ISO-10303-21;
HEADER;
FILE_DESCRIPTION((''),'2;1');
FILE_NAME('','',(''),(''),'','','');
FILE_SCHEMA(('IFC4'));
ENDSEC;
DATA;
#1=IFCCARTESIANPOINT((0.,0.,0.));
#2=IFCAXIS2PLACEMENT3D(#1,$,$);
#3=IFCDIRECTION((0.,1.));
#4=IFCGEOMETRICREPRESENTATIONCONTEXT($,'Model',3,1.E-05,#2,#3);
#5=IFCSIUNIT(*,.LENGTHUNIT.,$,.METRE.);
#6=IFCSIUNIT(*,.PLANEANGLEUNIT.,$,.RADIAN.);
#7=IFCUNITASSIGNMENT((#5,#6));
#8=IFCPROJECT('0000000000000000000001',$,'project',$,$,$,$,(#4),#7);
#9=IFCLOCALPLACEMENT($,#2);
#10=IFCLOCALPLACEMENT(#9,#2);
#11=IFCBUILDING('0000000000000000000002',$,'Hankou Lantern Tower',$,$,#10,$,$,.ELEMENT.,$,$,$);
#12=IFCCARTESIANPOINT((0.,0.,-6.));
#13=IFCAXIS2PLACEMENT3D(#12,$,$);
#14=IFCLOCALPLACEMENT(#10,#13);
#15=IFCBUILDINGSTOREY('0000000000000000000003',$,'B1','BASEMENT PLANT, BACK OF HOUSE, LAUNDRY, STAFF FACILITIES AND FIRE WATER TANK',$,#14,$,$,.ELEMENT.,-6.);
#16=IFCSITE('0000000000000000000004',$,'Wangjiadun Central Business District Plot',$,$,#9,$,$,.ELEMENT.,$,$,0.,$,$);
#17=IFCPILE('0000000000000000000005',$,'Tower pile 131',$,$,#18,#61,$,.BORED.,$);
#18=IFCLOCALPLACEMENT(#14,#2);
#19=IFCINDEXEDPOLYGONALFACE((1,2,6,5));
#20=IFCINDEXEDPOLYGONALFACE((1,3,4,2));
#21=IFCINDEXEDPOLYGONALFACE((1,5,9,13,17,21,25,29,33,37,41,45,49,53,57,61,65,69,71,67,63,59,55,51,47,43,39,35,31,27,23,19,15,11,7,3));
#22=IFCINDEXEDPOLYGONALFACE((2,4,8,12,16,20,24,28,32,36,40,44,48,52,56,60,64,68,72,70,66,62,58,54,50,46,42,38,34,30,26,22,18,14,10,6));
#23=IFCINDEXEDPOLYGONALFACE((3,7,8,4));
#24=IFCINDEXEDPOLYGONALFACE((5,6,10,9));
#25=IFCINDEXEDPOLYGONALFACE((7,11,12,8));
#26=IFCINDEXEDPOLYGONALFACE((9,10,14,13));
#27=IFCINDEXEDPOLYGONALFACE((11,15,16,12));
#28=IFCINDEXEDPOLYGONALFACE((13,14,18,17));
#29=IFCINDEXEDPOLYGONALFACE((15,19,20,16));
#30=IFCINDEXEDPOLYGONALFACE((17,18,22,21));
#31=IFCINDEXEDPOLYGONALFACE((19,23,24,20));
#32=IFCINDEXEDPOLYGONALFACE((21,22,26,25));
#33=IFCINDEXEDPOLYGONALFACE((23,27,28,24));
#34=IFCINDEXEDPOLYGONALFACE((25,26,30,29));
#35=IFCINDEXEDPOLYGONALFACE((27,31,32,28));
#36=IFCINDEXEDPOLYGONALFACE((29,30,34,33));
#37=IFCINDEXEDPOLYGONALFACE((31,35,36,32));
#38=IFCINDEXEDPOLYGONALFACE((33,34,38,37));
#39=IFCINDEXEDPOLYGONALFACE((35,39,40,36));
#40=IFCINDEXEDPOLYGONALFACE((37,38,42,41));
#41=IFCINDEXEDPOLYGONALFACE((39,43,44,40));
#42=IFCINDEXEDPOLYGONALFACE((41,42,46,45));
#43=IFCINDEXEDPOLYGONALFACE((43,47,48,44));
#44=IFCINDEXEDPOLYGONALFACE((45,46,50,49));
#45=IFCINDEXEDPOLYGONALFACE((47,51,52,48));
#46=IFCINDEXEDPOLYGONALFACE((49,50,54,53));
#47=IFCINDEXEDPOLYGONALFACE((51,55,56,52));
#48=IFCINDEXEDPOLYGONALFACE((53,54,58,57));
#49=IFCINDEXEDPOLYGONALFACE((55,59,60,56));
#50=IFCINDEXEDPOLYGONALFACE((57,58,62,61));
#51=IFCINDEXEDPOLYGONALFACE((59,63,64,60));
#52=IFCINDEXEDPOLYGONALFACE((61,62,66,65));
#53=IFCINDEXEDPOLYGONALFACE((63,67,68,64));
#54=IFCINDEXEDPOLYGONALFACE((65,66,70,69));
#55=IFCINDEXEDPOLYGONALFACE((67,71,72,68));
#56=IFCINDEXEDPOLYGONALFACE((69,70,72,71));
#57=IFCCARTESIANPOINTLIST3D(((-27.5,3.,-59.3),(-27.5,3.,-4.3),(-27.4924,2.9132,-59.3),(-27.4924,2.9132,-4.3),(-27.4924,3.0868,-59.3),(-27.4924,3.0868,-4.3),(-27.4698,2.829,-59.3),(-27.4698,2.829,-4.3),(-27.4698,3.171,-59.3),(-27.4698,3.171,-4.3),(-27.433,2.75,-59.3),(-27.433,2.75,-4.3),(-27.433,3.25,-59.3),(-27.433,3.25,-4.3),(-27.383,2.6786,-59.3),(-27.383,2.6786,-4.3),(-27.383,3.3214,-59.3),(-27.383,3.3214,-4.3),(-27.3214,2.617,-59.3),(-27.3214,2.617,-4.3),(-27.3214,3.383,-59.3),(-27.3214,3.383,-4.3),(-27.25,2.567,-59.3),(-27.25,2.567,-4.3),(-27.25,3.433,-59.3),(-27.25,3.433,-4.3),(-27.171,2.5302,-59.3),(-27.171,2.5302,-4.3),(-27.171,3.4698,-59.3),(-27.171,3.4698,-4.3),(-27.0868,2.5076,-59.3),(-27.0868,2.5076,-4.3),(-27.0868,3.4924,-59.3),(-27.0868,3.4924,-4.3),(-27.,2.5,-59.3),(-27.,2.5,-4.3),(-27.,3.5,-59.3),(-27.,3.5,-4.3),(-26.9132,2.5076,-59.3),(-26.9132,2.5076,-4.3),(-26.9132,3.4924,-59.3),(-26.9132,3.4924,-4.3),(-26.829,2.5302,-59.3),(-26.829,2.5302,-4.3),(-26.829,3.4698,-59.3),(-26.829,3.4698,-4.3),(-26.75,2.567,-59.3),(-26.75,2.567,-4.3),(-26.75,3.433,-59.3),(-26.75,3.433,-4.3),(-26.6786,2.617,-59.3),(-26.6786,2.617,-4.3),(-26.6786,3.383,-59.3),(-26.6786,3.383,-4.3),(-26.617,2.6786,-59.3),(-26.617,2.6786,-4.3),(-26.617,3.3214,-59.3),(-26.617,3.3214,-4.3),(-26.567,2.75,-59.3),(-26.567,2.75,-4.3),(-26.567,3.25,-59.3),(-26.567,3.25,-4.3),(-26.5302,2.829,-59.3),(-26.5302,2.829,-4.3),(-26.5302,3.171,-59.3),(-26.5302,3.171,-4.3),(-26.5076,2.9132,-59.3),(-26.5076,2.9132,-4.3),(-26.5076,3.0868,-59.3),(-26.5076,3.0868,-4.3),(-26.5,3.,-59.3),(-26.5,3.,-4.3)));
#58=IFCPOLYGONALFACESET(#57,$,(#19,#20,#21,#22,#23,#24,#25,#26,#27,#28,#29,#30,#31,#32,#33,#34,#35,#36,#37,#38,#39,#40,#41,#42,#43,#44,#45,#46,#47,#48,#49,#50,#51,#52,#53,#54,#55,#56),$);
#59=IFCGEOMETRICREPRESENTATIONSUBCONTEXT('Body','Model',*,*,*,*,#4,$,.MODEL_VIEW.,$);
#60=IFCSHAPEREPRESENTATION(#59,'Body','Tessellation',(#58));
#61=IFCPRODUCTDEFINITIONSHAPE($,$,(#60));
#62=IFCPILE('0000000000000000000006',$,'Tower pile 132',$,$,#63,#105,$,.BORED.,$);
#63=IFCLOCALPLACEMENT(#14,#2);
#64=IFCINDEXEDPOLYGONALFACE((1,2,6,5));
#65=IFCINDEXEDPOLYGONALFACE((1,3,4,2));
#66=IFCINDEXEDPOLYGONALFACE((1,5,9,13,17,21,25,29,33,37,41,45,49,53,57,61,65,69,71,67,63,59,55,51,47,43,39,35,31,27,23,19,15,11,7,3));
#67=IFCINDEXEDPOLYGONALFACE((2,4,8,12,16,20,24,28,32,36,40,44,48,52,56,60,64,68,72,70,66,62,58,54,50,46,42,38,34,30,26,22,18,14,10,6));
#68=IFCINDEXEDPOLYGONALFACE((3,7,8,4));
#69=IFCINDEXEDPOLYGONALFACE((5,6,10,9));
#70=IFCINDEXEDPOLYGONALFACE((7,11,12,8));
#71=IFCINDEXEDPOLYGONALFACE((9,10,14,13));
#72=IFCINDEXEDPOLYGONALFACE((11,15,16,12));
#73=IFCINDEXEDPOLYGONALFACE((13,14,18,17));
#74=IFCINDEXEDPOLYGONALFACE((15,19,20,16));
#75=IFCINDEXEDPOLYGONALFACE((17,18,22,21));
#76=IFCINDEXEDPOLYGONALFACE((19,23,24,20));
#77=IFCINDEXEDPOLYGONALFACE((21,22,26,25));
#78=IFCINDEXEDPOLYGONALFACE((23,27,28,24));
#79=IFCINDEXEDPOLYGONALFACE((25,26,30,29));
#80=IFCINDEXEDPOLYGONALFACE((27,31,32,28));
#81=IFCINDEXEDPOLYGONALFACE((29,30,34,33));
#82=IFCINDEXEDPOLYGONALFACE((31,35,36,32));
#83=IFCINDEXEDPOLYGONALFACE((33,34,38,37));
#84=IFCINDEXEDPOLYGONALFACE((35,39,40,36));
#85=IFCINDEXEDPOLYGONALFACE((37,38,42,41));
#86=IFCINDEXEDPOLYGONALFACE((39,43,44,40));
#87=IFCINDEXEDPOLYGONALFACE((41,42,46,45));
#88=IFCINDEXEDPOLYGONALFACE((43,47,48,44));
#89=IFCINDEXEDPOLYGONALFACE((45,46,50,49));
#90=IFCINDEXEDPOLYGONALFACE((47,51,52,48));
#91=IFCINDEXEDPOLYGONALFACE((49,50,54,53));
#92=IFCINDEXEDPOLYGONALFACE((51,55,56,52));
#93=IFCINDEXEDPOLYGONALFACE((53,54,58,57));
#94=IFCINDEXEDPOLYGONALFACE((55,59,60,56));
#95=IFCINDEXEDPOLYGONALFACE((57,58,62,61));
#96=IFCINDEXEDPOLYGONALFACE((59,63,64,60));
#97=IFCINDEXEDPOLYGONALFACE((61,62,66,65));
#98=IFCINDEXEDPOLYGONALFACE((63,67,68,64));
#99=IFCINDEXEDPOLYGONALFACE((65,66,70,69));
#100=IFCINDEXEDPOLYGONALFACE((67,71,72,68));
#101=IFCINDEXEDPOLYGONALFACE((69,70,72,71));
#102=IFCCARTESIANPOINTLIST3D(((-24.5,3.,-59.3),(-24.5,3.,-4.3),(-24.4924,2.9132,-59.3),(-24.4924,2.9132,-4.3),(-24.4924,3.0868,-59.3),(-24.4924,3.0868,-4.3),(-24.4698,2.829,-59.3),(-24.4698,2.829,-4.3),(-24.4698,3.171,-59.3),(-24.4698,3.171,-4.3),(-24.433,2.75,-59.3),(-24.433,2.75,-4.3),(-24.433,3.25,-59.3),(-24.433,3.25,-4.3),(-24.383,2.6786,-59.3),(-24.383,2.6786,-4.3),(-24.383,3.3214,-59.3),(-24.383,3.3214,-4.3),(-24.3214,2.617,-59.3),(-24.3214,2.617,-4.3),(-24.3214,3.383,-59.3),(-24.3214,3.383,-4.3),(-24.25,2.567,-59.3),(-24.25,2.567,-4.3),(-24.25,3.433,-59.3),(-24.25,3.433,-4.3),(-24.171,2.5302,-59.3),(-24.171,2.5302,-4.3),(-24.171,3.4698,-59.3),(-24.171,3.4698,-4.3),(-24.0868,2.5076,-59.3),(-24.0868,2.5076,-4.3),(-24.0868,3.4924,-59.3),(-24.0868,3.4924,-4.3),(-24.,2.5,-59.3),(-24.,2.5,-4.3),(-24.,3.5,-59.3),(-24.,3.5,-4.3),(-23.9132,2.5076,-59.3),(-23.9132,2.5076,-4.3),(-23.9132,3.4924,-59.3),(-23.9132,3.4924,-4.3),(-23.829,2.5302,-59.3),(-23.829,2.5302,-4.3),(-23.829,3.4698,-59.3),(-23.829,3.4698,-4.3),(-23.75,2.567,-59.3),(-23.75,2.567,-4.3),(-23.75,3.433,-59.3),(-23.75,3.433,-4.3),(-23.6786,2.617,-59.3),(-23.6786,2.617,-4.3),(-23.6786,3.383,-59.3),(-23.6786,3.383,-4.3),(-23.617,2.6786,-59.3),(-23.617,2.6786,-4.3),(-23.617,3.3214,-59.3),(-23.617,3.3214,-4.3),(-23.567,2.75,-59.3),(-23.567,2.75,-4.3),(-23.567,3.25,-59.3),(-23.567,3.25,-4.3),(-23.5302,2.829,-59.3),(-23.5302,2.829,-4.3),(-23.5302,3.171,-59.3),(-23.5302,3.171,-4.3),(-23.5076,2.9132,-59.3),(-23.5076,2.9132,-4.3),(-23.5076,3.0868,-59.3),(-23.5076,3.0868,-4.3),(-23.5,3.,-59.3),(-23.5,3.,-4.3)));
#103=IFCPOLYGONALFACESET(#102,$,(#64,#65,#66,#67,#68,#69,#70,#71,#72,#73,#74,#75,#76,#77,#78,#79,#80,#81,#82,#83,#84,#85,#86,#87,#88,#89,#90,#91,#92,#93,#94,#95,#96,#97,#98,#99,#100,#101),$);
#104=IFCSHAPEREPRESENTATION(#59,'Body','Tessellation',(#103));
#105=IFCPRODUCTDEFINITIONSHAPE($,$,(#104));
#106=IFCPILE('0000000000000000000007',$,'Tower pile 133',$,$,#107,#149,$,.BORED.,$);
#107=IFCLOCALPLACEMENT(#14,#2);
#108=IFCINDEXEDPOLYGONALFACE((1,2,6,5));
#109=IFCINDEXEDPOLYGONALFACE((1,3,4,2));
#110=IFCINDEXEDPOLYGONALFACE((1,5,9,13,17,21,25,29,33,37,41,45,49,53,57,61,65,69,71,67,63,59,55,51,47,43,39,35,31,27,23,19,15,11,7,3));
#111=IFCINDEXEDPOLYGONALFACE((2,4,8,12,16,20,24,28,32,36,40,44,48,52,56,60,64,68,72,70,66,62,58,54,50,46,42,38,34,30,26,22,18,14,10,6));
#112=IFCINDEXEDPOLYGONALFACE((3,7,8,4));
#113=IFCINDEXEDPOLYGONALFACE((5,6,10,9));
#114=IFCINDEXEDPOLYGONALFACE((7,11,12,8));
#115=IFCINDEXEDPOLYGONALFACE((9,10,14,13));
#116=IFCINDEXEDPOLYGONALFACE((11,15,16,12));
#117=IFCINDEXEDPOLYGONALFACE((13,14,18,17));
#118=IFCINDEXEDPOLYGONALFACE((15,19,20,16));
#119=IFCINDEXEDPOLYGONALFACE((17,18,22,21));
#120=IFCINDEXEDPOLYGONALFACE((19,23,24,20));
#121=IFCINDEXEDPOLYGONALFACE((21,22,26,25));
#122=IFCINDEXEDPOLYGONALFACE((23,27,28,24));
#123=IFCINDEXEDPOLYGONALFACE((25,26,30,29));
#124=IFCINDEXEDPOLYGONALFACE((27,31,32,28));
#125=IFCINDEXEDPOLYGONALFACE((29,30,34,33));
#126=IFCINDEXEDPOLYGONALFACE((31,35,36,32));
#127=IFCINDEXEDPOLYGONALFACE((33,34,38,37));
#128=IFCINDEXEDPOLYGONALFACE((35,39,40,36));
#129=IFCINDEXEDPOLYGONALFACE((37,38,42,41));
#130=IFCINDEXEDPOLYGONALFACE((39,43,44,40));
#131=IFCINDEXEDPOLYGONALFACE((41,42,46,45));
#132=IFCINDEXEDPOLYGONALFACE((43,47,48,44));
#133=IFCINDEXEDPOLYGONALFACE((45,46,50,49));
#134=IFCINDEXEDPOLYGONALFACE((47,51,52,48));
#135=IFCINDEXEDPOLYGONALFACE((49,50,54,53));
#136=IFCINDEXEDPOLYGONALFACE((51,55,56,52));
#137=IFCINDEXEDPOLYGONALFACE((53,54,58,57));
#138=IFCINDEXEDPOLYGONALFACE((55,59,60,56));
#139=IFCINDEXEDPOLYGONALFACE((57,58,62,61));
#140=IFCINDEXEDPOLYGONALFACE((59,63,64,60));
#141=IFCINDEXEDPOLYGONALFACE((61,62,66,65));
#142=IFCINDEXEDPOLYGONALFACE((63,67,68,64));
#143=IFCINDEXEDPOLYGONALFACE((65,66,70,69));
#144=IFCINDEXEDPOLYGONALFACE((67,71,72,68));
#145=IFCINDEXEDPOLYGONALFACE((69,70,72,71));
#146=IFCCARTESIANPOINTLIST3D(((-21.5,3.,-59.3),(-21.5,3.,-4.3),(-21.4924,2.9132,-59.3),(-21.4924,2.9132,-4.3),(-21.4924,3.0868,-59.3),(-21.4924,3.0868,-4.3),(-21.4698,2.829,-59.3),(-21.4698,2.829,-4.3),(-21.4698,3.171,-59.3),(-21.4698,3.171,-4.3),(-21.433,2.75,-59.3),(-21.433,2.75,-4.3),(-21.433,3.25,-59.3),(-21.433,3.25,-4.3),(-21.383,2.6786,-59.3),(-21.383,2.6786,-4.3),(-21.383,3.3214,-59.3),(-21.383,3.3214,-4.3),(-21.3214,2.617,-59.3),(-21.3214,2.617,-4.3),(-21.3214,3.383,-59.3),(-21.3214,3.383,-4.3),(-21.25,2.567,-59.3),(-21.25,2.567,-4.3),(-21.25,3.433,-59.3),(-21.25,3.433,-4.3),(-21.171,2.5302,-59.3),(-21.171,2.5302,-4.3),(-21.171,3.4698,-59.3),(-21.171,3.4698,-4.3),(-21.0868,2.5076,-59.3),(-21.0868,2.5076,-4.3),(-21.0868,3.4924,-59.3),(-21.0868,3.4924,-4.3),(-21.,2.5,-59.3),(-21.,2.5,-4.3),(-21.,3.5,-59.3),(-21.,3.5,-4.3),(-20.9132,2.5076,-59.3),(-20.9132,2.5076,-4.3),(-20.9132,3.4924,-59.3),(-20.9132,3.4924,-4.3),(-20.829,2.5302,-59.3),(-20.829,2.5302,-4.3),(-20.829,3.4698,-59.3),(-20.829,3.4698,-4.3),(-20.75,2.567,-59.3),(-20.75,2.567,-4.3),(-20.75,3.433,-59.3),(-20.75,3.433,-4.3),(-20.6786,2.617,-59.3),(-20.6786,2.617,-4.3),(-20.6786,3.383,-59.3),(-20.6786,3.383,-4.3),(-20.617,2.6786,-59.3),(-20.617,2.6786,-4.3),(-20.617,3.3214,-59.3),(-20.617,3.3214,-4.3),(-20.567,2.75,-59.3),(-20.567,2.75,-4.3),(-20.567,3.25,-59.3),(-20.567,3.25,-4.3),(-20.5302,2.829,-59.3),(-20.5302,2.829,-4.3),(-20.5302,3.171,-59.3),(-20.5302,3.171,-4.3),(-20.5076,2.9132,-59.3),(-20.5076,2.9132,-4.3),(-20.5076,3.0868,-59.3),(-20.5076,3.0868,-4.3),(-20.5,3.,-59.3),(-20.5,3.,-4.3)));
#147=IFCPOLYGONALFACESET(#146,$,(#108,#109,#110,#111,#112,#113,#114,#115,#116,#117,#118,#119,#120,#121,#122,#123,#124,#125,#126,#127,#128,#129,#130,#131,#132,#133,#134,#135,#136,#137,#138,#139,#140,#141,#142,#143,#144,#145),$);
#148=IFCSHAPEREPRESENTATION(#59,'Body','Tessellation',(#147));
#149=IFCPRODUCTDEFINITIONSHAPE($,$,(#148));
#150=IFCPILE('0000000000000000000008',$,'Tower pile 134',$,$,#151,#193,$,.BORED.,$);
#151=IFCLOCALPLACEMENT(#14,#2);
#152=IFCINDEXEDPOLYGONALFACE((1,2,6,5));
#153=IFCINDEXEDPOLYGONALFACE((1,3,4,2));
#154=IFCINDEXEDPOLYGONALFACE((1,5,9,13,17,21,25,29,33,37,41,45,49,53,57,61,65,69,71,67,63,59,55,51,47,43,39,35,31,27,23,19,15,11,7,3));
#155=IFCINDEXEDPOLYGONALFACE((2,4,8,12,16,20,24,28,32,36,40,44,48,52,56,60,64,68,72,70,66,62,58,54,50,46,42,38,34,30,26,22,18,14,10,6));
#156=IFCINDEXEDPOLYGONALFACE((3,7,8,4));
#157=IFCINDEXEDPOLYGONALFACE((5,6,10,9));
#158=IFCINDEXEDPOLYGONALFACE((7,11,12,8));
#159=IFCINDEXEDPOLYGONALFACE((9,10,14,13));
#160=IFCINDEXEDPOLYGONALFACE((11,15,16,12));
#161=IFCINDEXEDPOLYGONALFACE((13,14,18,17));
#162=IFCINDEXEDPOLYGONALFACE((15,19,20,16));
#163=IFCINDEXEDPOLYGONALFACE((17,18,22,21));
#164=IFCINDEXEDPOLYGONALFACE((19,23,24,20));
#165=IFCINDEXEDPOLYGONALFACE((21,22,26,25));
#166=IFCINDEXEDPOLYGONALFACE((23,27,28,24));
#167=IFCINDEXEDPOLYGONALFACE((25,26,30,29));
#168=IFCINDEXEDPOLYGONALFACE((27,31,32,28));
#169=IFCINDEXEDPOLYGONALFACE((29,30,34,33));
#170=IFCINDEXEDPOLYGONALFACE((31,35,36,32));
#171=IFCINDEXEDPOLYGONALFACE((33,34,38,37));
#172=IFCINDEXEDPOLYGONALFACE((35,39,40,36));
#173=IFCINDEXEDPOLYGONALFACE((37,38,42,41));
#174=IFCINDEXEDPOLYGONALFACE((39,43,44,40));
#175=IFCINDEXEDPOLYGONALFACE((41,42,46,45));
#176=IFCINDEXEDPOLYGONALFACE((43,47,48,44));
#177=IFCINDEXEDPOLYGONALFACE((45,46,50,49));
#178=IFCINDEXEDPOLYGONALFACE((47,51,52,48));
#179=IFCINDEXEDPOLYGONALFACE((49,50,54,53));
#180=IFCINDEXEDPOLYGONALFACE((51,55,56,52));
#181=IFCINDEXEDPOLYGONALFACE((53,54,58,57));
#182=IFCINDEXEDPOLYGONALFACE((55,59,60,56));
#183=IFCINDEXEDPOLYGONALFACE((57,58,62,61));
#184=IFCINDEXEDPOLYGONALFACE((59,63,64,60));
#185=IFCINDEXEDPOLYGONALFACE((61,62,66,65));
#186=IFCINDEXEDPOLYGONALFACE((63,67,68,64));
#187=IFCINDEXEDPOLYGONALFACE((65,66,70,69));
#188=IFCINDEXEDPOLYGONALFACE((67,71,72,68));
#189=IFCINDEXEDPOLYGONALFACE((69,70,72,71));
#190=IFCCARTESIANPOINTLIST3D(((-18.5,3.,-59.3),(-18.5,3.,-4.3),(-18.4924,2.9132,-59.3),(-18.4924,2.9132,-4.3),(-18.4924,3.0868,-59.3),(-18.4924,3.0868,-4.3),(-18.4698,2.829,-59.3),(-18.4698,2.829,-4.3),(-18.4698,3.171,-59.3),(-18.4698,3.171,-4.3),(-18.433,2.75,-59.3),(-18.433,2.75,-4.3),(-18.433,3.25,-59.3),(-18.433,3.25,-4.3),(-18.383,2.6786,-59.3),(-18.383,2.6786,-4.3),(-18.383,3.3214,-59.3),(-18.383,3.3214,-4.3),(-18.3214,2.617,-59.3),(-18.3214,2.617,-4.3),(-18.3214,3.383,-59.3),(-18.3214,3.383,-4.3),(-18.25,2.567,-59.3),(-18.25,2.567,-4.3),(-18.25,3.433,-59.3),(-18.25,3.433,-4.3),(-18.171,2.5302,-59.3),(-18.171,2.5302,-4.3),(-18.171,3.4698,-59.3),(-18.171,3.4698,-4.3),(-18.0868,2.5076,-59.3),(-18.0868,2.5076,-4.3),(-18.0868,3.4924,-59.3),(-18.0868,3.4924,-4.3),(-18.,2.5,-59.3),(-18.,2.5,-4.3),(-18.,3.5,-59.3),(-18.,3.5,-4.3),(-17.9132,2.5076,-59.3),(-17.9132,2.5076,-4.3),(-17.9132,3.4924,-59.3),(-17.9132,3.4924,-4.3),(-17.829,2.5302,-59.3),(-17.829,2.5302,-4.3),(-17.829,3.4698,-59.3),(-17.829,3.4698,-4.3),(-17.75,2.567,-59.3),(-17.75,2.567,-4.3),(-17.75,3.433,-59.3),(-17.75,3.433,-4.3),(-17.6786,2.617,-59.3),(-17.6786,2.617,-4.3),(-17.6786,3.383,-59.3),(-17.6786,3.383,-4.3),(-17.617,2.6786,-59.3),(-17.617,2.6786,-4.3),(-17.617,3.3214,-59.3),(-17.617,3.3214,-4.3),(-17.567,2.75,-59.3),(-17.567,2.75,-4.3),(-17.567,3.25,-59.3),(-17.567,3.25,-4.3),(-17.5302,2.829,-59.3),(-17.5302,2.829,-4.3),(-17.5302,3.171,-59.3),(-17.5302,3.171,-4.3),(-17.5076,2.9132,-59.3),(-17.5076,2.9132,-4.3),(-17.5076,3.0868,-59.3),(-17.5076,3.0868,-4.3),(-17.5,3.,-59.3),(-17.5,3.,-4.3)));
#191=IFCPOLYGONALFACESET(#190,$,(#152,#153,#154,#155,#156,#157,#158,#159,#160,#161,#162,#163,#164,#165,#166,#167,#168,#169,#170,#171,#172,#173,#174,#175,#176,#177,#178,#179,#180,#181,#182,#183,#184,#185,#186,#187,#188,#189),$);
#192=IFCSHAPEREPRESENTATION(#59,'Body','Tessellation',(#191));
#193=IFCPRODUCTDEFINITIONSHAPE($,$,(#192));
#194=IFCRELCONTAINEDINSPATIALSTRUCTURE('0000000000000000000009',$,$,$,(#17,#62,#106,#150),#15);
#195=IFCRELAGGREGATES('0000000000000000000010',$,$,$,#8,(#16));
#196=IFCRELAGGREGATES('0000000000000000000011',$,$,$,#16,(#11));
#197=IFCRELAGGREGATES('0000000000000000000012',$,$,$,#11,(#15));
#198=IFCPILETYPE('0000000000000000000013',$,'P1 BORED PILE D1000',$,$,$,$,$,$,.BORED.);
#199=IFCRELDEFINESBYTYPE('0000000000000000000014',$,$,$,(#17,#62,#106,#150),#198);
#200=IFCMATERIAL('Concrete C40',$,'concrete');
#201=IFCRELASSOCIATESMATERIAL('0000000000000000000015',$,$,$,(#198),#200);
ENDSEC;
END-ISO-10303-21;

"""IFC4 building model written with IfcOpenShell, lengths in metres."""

from ifc_helpers import new_model, si_unit, direction, frame, origin, origin_2d, place, context, subcontext, project, spatial, circle, extrude, material, material_profile, profile_set, type_object, element, save


model = new_model("IFC4")

# Units and contexts
model_context = context("Model", 3, precision=1e-05, world=origin(), true_north=direction((0.0, 1.0)))
body_context = subcontext(model_context, "Body", "Model", "MODEL_VIEW")
ifc_project = project(units=[si_unit("LENGTHUNIT", "METRE"), si_unit("PLANEANGLEUNIT", "RADIAN")], contexts=[model_context])

# Site, building, storey
site_placement = place(None, origin())
site = spatial("IfcSite", under=ifc_project, at=site_placement, Name="Wangjiadun Central Business District Plot", CompositionType="ELEMENT", RefElevation=0.0)
building_placement = place(site_placement, origin())
building = spatial("IfcBuilding", under=site, at=building_placement, Name="Hankou Lantern Tower", CompositionType="ELEMENT")
storey_placement = place(building_placement, frame((0.0, 0.0, -6.0)))
storey = spatial("IfcBuildingStorey", under=building, at=storey_placement, Name="B1", Description="BASEMENT PLANT, BACK OF HOUSE, LAUNDRY, STAFF FACILITIES AND FIRE WATER TANK", CompositionType="ELEMENT", Elevation=-6.0)

# Piles
ifc_material_1 = material(Name="Concrete C40", Category="concrete")
ifc_material_profile_1 = material_profile(ifc_material_1, circle(Radius=0.5, at=origin_2d()), Name="RC D1000")
ifc_profile_set_1 = profile_set([ifc_material_profile_1], Name="Concrete C40")
pile_type_1 = type_object("IfcPileType", Name="P1 BORED PILE D1000", PredefinedType="BORED", material=ifc_profile_set_1)
for number, where, z_axis, x_axis, name in (
    (1, (-27.0, 3.0, -4.3), (0.0, 0.0, -1.0), (1.0, 0.0, 0.0), "Tower pile 131"),
    (2, (-24.0, 3.0, -4.3), (0.0, 0.0, -1.0), (1.0, 0.0, 0.0), "Tower pile 132"),
    (3, (-21.0, 3.0, -4.3), (0.0, 0.0, -1.0), (1.0, 0.0, 0.0), "Tower pile 133"),
    (4, (-18.0, 3.0, -4.3), (0.0, 0.0, -1.0), (1.0, 0.0, 0.0), "Tower pile 134"),
):
    element("IfcPile", number, at=place(storey_placement, frame(where, z_axis=z_axis, x_axis=x_axis)), inside=storey, type_object=pile_type_1, Name=name, PredefinedType="BORED", context=body_context, shape_type="SweptSolid", body=[
        extrude(circle(Radius=0.5, at=origin_2d()), origin(), (0.0, 0.0, 1.0), 55.0),
    ])

save(model, "model.ifc")
